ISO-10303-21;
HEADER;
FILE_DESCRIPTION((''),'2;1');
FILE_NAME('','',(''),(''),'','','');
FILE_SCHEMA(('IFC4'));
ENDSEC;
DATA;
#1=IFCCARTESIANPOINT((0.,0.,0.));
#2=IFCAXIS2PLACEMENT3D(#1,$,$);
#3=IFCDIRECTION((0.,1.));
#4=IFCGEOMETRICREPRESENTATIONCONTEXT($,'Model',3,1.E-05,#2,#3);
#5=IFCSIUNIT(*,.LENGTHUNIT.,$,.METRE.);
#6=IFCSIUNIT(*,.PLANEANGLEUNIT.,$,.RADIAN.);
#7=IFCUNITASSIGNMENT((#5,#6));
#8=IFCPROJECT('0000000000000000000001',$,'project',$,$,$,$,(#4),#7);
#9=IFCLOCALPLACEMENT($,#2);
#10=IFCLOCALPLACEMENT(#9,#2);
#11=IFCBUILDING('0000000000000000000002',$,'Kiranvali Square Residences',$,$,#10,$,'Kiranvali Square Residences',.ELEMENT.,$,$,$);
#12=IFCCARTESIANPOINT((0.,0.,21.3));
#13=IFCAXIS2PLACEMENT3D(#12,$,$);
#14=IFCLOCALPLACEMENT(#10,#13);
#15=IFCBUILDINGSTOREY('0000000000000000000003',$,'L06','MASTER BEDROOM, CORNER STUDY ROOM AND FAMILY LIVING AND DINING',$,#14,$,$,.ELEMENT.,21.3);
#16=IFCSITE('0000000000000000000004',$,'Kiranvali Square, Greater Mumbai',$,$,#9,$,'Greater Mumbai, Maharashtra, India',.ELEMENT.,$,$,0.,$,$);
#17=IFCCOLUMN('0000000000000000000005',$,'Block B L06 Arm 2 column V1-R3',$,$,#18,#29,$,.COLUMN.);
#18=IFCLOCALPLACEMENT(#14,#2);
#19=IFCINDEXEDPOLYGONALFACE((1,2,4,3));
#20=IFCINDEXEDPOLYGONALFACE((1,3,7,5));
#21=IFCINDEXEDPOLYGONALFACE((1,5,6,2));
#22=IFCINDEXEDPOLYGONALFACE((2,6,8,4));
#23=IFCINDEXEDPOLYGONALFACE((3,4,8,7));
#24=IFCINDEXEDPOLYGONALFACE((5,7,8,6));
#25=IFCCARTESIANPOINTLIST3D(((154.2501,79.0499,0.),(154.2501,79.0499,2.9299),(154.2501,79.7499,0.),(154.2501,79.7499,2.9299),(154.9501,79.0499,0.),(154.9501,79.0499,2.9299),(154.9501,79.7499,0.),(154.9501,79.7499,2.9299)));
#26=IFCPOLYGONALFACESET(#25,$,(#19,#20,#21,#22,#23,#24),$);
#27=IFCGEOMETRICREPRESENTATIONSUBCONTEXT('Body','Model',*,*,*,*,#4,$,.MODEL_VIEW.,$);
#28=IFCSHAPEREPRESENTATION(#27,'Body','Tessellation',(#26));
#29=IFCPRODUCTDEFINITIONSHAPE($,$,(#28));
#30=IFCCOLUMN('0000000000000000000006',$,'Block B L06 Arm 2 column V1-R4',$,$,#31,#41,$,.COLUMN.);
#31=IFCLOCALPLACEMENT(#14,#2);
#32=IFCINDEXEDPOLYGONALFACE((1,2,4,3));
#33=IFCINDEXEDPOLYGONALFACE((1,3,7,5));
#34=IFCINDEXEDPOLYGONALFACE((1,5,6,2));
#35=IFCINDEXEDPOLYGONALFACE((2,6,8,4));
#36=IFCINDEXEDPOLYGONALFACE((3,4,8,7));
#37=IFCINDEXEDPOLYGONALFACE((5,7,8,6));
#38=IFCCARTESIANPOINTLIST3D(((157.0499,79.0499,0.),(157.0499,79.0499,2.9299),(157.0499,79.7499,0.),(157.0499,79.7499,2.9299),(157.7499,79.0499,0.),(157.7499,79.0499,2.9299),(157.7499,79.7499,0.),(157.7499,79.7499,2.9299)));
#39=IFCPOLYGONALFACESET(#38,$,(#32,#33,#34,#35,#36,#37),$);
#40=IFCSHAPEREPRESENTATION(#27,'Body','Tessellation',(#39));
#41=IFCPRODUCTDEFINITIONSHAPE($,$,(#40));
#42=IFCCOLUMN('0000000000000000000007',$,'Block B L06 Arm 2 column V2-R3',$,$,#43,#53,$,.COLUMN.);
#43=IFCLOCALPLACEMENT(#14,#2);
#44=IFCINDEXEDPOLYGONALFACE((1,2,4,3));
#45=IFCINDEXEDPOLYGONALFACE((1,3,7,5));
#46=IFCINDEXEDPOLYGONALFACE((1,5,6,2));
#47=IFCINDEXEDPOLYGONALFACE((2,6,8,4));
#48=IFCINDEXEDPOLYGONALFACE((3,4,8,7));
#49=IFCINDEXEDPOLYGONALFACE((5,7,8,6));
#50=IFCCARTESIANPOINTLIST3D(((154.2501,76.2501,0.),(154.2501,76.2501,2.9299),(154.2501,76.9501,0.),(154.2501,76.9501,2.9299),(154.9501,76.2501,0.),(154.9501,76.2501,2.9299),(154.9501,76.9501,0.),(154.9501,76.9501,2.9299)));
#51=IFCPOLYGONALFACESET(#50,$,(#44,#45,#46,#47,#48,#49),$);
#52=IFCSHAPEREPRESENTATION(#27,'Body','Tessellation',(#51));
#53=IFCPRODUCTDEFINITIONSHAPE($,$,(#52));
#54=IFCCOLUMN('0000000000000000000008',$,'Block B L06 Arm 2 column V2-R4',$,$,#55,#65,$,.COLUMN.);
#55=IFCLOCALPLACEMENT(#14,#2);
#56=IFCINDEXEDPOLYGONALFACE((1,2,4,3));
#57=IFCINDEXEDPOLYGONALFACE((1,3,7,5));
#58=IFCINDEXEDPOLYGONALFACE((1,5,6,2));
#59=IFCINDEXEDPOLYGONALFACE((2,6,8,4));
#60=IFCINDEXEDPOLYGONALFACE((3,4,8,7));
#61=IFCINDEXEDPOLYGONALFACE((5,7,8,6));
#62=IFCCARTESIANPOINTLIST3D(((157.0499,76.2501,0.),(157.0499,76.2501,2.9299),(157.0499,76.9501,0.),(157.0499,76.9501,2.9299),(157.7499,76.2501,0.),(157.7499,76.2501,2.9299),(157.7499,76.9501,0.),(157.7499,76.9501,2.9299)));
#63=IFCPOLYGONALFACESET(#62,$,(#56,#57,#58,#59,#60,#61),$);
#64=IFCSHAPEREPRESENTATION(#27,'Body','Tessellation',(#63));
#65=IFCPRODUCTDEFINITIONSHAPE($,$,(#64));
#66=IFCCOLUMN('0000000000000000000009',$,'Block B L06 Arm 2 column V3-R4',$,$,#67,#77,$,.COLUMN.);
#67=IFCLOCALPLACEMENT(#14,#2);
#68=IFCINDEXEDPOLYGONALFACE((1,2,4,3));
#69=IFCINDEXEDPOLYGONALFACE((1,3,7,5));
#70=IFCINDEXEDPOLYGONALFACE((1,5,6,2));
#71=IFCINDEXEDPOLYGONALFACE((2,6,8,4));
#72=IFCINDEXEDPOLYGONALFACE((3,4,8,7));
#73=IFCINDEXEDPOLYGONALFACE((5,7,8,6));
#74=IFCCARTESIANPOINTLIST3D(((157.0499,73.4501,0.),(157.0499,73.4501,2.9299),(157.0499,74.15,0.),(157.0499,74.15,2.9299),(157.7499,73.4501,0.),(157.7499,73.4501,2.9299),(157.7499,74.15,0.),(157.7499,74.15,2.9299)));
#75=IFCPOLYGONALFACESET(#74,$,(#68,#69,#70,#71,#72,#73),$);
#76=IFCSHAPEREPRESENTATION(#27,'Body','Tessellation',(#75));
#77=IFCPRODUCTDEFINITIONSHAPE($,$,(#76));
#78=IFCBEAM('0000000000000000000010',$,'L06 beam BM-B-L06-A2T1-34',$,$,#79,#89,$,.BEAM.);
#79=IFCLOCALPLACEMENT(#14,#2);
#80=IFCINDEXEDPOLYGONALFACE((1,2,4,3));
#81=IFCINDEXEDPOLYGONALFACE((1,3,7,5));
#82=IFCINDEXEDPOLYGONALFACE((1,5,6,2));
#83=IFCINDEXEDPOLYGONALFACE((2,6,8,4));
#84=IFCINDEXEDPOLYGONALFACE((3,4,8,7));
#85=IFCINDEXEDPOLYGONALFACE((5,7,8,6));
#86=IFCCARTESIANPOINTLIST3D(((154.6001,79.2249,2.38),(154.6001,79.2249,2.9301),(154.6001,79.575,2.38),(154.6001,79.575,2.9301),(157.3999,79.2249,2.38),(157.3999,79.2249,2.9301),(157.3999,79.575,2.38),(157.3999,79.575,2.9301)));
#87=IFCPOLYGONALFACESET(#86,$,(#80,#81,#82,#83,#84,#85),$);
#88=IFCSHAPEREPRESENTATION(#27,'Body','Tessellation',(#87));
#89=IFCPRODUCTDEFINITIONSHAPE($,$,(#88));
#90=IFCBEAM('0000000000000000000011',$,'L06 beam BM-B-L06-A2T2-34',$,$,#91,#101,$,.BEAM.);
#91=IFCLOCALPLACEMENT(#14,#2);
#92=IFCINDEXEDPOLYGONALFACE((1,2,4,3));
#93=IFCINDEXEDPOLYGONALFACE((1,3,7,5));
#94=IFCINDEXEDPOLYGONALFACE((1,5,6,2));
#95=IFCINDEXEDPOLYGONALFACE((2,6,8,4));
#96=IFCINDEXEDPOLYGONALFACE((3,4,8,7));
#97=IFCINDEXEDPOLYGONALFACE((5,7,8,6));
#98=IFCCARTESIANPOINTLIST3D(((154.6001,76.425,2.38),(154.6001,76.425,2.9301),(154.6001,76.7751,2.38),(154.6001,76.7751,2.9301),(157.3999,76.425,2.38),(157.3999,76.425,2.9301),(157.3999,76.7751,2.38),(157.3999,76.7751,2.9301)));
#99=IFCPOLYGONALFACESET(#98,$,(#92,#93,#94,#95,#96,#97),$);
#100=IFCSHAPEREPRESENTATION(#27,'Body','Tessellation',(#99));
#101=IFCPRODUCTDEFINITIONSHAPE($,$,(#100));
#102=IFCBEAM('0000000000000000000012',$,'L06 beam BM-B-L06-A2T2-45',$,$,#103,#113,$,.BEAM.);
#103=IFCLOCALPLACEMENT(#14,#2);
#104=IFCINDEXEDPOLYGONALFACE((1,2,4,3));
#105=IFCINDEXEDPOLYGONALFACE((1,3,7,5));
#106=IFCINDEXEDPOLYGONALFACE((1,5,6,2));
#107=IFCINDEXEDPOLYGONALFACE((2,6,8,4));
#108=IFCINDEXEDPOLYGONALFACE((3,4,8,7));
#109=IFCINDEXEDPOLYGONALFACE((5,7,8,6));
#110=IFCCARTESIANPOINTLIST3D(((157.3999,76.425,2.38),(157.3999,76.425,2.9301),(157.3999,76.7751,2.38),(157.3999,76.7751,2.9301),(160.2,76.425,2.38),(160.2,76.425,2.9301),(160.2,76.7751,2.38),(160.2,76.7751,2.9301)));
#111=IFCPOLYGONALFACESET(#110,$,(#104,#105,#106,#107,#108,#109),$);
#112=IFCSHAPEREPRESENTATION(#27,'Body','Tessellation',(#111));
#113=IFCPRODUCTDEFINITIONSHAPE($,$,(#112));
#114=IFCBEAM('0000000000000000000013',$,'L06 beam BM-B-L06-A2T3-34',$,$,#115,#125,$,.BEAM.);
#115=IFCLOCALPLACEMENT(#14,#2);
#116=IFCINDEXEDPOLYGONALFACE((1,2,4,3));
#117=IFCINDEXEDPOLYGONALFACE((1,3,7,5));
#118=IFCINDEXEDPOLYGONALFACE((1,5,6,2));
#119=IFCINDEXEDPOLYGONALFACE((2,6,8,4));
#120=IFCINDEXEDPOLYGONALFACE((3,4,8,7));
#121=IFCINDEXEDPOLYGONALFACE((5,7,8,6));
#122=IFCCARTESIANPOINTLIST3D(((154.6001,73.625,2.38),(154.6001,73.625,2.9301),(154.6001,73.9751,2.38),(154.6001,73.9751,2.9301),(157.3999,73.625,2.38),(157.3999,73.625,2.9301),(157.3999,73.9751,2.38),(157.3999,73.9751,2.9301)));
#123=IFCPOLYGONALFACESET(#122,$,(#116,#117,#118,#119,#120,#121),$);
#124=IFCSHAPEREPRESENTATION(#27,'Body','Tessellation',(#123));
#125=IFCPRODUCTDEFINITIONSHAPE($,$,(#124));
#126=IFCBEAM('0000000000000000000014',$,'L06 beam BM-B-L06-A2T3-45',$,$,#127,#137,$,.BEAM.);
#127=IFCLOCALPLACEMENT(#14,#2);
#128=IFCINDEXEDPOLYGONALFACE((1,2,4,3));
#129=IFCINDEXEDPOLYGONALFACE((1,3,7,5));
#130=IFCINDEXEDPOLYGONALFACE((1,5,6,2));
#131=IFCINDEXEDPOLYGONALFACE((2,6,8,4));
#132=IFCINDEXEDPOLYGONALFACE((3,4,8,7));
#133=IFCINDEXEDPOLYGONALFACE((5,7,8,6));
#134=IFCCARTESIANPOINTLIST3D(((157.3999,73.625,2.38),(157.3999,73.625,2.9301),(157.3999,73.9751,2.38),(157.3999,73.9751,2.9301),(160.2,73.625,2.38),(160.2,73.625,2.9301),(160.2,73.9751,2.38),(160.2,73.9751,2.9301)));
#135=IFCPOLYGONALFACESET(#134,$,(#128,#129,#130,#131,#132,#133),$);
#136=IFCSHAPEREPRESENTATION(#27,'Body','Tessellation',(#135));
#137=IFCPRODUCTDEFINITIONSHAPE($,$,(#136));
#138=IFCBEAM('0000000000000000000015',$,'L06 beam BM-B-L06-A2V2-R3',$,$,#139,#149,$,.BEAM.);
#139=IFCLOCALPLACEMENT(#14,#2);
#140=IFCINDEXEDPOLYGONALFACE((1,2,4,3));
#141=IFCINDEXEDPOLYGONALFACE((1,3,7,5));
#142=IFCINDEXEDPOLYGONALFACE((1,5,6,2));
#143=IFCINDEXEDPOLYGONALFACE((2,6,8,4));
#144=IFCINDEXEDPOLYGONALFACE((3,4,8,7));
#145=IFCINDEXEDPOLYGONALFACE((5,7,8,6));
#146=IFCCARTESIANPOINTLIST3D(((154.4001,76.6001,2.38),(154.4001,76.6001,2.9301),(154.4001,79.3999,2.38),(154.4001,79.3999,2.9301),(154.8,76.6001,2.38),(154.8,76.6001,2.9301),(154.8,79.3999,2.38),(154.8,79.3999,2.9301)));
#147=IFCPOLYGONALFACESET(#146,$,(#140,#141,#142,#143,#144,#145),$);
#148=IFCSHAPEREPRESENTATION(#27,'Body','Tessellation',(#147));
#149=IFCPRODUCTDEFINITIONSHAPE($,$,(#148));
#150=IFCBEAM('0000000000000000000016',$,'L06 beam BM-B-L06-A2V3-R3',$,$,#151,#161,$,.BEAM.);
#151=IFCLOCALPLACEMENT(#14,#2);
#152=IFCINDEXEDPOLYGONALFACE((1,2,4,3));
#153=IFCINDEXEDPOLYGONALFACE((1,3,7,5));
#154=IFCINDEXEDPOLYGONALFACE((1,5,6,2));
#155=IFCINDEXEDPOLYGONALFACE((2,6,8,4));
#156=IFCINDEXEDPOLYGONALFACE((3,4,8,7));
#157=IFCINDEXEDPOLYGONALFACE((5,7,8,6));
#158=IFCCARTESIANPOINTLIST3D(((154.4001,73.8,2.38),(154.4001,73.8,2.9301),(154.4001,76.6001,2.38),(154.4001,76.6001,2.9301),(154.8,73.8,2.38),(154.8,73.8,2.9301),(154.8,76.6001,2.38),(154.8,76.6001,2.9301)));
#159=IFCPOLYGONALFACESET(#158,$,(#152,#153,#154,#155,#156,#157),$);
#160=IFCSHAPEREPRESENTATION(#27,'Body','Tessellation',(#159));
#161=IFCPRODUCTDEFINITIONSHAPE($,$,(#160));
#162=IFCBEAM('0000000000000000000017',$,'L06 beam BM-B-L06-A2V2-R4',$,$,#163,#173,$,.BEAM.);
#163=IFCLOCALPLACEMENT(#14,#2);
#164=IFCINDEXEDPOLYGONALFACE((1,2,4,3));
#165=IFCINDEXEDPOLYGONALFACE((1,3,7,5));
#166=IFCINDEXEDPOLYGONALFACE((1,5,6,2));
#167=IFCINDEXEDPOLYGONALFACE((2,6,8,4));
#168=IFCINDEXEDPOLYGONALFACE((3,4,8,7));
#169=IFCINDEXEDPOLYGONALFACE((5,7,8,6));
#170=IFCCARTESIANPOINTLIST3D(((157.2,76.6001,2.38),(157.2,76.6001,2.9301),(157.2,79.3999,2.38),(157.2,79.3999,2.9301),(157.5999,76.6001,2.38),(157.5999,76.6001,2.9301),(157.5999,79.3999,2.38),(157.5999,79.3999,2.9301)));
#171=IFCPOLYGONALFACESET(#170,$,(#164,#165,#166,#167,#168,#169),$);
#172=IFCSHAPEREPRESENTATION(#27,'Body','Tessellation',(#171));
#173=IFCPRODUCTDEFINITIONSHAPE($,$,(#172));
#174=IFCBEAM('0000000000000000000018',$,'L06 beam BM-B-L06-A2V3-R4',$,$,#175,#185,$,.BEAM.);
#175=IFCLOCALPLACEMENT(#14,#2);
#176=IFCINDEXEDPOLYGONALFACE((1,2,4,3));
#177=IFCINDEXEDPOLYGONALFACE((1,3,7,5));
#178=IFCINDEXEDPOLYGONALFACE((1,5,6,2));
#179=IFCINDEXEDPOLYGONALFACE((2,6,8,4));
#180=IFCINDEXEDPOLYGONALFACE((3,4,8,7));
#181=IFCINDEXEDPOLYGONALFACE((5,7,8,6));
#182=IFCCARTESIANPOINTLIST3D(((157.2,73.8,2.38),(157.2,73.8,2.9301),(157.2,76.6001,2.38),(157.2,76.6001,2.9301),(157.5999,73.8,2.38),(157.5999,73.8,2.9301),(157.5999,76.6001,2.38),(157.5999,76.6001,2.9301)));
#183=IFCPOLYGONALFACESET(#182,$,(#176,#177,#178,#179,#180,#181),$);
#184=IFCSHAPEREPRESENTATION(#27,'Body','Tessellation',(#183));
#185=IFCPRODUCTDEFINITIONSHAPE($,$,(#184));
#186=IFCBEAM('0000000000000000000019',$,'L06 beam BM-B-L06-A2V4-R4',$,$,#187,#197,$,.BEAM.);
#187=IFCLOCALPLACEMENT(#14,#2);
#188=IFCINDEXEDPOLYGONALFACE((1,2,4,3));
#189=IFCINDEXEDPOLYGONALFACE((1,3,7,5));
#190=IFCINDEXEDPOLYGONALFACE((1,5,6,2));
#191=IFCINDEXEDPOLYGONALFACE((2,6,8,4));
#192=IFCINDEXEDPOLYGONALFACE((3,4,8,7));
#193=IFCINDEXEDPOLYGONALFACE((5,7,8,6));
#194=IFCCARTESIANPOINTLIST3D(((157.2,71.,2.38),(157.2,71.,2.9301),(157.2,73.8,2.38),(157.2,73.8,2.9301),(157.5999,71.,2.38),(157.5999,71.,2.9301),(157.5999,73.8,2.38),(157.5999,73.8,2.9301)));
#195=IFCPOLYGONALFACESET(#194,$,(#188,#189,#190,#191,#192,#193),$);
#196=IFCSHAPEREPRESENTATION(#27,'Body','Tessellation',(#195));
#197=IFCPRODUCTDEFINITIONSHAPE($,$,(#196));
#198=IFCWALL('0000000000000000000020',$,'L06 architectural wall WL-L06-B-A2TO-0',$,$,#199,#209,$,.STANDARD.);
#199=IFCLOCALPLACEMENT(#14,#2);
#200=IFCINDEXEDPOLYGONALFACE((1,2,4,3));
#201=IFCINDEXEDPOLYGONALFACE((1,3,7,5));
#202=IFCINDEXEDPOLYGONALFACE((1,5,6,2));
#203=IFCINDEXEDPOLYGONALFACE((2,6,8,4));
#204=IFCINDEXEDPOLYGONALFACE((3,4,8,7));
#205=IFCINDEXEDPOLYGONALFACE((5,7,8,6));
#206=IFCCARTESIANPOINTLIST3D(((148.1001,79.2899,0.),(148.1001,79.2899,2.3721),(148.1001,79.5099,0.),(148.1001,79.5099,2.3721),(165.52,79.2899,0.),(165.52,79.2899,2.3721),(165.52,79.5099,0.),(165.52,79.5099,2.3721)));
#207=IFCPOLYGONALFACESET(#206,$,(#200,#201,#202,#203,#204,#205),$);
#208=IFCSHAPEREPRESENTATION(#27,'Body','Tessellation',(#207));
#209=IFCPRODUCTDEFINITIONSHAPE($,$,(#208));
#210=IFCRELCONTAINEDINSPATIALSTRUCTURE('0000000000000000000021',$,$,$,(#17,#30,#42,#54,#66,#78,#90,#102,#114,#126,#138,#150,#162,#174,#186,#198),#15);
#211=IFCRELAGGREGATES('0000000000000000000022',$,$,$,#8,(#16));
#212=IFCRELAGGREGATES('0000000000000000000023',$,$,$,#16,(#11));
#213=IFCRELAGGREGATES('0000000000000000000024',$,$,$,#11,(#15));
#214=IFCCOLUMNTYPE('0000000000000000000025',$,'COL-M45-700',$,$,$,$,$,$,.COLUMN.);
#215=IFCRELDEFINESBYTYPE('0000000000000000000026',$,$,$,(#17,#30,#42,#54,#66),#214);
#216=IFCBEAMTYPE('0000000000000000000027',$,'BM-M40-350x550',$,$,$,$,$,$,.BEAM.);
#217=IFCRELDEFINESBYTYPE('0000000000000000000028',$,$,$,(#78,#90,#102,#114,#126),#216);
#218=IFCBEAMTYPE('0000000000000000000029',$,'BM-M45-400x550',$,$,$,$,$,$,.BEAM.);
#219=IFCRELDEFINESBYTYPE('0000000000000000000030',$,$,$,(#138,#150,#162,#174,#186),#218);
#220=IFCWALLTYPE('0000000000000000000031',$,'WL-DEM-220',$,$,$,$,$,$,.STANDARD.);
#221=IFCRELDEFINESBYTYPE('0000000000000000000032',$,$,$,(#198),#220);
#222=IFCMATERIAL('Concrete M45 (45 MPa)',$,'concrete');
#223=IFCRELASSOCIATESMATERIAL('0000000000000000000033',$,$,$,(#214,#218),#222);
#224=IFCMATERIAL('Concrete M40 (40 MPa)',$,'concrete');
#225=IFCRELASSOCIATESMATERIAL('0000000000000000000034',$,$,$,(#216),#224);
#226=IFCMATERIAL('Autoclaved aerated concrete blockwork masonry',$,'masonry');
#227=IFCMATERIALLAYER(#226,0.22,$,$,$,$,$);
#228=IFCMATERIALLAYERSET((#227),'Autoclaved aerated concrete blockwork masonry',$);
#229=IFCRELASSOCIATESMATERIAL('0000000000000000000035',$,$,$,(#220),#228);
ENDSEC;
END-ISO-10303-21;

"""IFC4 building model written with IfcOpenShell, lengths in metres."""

from ifc_helpers import new_model, si_unit, direction, frame, frame_2d, origin, origin_2d, place, context, subcontext, project, spatial, rectangle, extrude, material, layer, layer_set, material_profile, profile_set, type_object, element, save


model = new_model("IFC4")

# Units and contexts
model_context = context("Model", 3, precision=1e-05, world=origin(), true_north=direction((0.0, 1.0)))
body_context = subcontext(model_context, "Body", "Model", "MODEL_VIEW")
ifc_project = project(units=[si_unit("LENGTHUNIT", "METRE"), si_unit("PLANEANGLEUNIT", "RADIAN")], contexts=[model_context])

# Site, building, storey
site_placement = place(None, origin())
site = spatial("IfcSite", under=ifc_project, at=site_placement, Name="Kiranvali Square, Greater Mumbai", LongName="Greater Mumbai, Maharashtra, India", CompositionType="ELEMENT", RefElevation=0.0)
building_placement = place(site_placement, origin())
building = spatial("IfcBuilding", under=site, at=building_placement, Name="Kiranvali Square Residences", LongName="Kiranvali Square Residences", CompositionType="ELEMENT")
storey_placement = place(building_placement, frame((0.0, 0.0, 21.3)))
storey = spatial("IfcBuildingStorey", under=building, at=storey_placement, Name="L06", Description="MASTER BEDROOM, CORNER STUDY ROOM AND FAMILY LIVING AND DINING", CompositionType="ELEMENT", Elevation=21.3)

# Columns
ifc_material_1 = material(Name="Concrete M45 (45 MPa)", Category="concrete")
ifc_material_profile_1 = material_profile(ifc_material_1, rectangle(XDim=0.7, YDim=0.7, at=origin_2d()), Name="RC 700x700")
ifc_profile_set_1 = profile_set([ifc_material_profile_1], Name="Concrete M45 (45 MPa)")
column_type = type_object("IfcColumnType", Name="COL-M45-700", PredefinedType="COLUMN", material=ifc_profile_set_1)
for number, where, z_axis, x_axis, name in (
    (1, (154.6001, 79.3999, 0.0), (0.0, 0.0, 1.0), (1.0, 0.0, 0.0), "Block B L06 Arm 2 column V1-R3"),
    (2, (157.3999, 79.3999, 0.0), (0.0, 0.0, 1.0), (1.0, 0.0, 0.0), "Block B L06 Arm 2 column V1-R4"),
    (3, (154.6001, 76.6001, 0.0), (0.0, 0.0, 1.0), (1.0, 0.0, 0.0), "Block B L06 Arm 2 column V2-R3"),
    (4, (157.3999, 76.6001, 0.0), (0.0, 0.0, 1.0), (1.0, 0.0, 0.0), "Block B L06 Arm 2 column V2-R4"),
    (5, (157.3999, 73.8, 0.0), (0.0, 0.0, 1.0), (1.0, 0.0, 0.0), "Block B L06 Arm 2 column V3-R4"),
):
    element("IfcColumn", number, at=place(storey_placement, frame(where, z_axis=z_axis, x_axis=x_axis)), inside=storey, type_object=column_type, Name=name, PredefinedType="COLUMN", context=body_context, shape_type="SweptSolid", body=[
        extrude(rectangle(XDim=0.7, YDim=0.7, at=origin_2d()), origin(), (0.0, 0.0, 1.0), 2.9299),
    ])

# Beams
ifc_material_2 = material(Name="Concrete M40 (40 MPa)", Category="concrete")
ifc_material_profile_2 = material_profile(ifc_material_2, rectangle(XDim=0.3501, YDim=0.55, at=origin_2d()), Name="RC 350x550")
ifc_profile_set_2 = profile_set([ifc_material_profile_2], Name="Concrete M40 (40 MPa)")
beam_type_1 = type_object("IfcBeamType", Name="BM-M40-350x550", PredefinedType="BEAM", material=ifc_profile_set_2)
for number, where, z_axis, x_axis, name in (
    (6, (154.6001, 79.3999, 2.655), (1.0, 0.0, 0.0), (0.0, 1.0, 0.0), "L06 beam BM-B-L06-A2T1-34"),
    (7, (154.6001, 76.6001, 2.655), (1.0, 0.0, 0.0), (0.0, 1.0, 0.0), "L06 beam BM-B-L06-A2T2-34"),
):
    element("IfcBeam", number, at=place(storey_placement, frame(where, z_axis=z_axis, x_axis=x_axis)), inside=storey, type_object=beam_type_1, Name=name, PredefinedType="BEAM", context=body_context, shape_type="SweptSolid", body=[
        extrude(rectangle(XDim=0.3501, YDim=0.55, at=origin_2d()), origin(), (0.0, 0.0, 1.0), 2.7998),
    ])
beam_1_placement = place(storey_placement, frame((157.3999, 76.6001, 2.655), z_axis=(1.0, 0.0, 0.0), x_axis=(0.0, 1.0, 0.0)))
element("IfcBeam", 8, at=beam_1_placement, inside=storey, type_object=beam_type_1, Name="L06 beam BM-B-L06-A2T2-45", PredefinedType="BEAM", context=body_context, shape_type="SweptSolid", body=[
    extrude(rectangle(XDim=0.3501, YDim=0.55, at=origin_2d()), origin(), (0.0, 0.0, 1.0), 2.8),
])
beam_2_placement = place(storey_placement, frame((154.6001, 73.8, 2.655), z_axis=(1.0, 0.0, 0.0), x_axis=(0.0, 1.0, 0.0)))
element("IfcBeam", 9, at=beam_2_placement, inside=storey, type_object=beam_type_1, Name="L06 beam BM-B-L06-A2T3-34", PredefinedType="BEAM", context=body_context, shape_type="SweptSolid", body=[
    extrude(rectangle(XDim=0.3501, YDim=0.55, at=origin_2d()), origin(), (0.0, 0.0, 1.0), 2.7998),
])
beam_3_placement = place(storey_placement, frame((157.3999, 73.8, 2.655), z_axis=(1.0, 0.0, 0.0), x_axis=(0.0, 1.0, 0.0)))
element("IfcBeam", 10, at=beam_3_placement, inside=storey, type_object=beam_type_1, Name="L06 beam BM-B-L06-A2T3-45", PredefinedType="BEAM", context=body_context, shape_type="SweptSolid", body=[
    extrude(rectangle(XDim=0.3501, YDim=0.55, at=origin_2d()), origin(), (0.0, 0.0, 1.0), 2.8),
])
ifc_material_profile_3 = material_profile(ifc_material_1, rectangle(XDim=0.3999, YDim=0.55, at=origin_2d()), Name="RC 400x550")
ifc_profile_set_3 = profile_set([ifc_material_profile_3], Name="Concrete M45 (45 MPa)")
beam_type_2 = type_object("IfcBeamType", Name="BM-M45-400x550", PredefinedType="BEAM", material=ifc_profile_set_3)
beam_4_placement = place(storey_placement, frame((154.6001, 79.3999, 2.655), z_axis=(0.0, -1.0, 0.0), x_axis=(1.0, 0.0, 0.0)))
element("IfcBeam", 11, at=beam_4_placement, inside=storey, type_object=beam_type_2, Name="L06 beam BM-B-L06-A2V2-R3", PredefinedType="BEAM", context=body_context, shape_type="SweptSolid", body=[
    extrude(rectangle(XDim=0.3999, YDim=0.55, at=origin_2d()), origin(), (0.0, 0.0, 1.0), 2.7998),
])
beam_5_placement = place(storey_placement, frame((154.6001, 76.6001, 2.655), z_axis=(0.0, -1.0, 0.0), x_axis=(1.0, 0.0, 0.0)))
element("IfcBeam", 12, at=beam_5_placement, inside=storey, type_object=beam_type_2, Name="L06 beam BM-B-L06-A2V3-R3", PredefinedType="BEAM", context=body_context, shape_type="SweptSolid", body=[
    extrude(rectangle(XDim=0.3999, YDim=0.55, at=origin_2d()), origin(), (0.0, 0.0, 1.0), 2.8),
])
beam_6_placement = place(storey_placement, frame((157.3999, 79.3999, 2.655), z_axis=(0.0, -1.0, 0.0), x_axis=(1.0, 0.0, 0.0)))
element("IfcBeam", 13, at=beam_6_placement, inside=storey, type_object=beam_type_2, Name="L06 beam BM-B-L06-A2V2-R4", PredefinedType="BEAM", context=body_context, shape_type="SweptSolid", body=[
    extrude(rectangle(XDim=0.3999, YDim=0.55, at=origin_2d()), origin(), (0.0, 0.0, 1.0), 2.7998),
])
for number, where, z_axis, x_axis, name in (
    (14, (157.3999, 76.6001, 2.655), (0.0, -1.0, 0.0), (1.0, 0.0, 0.0), "L06 beam BM-B-L06-A2V3-R4"),
    (15, (157.3999, 73.8, 2.655), (0.0, -1.0, 0.0), (1.0, 0.0, 0.0), "L06 beam BM-B-L06-A2V4-R4"),
):
    element("IfcBeam", number, at=place(storey_placement, frame(where, z_axis=z_axis, x_axis=x_axis)), inside=storey, type_object=beam_type_2, Name=name, PredefinedType="BEAM", context=body_context, shape_type="SweptSolid", body=[
        extrude(rectangle(XDim=0.3999, YDim=0.55, at=origin_2d()), origin(), (0.0, 0.0, 1.0), 2.8),
    ])

# Wall
ifc_material_3 = material(Name="Autoclaved aerated concrete blockwork masonry", Category="masonry")
ifc_layer_1 = layer(ifc_material_3, 0.22)
ifc_layer_set_1 = layer_set([ifc_layer_1], Name="Autoclaved aerated concrete blockwork masonry")
wall_type_1 = type_object("IfcWallType", Name="WL-DEM-220", PredefinedType="STANDARD", material=ifc_layer_set_1)
wall_1_placement = place(storey_placement, frame((148.1001, 79.3999, 0.0), z_axis=(0.0, 0.0, 1.0), x_axis=(1.0, 0.0, 0.0)))
element("IfcWall", 16, at=wall_1_placement, inside=storey, type_object=wall_type_1, Name="L06 architectural wall WL-L06-B-A2TO-0", PredefinedType="STANDARD", context=body_context, shape_type="SweptSolid", body=[
    extrude(rectangle(XDim=17.4199, YDim=0.22, at=frame_2d((8.71, 0.0))), origin(), (0.0, 0.0, 1.0), 2.3721),
])

save(model, "model.ifc")
